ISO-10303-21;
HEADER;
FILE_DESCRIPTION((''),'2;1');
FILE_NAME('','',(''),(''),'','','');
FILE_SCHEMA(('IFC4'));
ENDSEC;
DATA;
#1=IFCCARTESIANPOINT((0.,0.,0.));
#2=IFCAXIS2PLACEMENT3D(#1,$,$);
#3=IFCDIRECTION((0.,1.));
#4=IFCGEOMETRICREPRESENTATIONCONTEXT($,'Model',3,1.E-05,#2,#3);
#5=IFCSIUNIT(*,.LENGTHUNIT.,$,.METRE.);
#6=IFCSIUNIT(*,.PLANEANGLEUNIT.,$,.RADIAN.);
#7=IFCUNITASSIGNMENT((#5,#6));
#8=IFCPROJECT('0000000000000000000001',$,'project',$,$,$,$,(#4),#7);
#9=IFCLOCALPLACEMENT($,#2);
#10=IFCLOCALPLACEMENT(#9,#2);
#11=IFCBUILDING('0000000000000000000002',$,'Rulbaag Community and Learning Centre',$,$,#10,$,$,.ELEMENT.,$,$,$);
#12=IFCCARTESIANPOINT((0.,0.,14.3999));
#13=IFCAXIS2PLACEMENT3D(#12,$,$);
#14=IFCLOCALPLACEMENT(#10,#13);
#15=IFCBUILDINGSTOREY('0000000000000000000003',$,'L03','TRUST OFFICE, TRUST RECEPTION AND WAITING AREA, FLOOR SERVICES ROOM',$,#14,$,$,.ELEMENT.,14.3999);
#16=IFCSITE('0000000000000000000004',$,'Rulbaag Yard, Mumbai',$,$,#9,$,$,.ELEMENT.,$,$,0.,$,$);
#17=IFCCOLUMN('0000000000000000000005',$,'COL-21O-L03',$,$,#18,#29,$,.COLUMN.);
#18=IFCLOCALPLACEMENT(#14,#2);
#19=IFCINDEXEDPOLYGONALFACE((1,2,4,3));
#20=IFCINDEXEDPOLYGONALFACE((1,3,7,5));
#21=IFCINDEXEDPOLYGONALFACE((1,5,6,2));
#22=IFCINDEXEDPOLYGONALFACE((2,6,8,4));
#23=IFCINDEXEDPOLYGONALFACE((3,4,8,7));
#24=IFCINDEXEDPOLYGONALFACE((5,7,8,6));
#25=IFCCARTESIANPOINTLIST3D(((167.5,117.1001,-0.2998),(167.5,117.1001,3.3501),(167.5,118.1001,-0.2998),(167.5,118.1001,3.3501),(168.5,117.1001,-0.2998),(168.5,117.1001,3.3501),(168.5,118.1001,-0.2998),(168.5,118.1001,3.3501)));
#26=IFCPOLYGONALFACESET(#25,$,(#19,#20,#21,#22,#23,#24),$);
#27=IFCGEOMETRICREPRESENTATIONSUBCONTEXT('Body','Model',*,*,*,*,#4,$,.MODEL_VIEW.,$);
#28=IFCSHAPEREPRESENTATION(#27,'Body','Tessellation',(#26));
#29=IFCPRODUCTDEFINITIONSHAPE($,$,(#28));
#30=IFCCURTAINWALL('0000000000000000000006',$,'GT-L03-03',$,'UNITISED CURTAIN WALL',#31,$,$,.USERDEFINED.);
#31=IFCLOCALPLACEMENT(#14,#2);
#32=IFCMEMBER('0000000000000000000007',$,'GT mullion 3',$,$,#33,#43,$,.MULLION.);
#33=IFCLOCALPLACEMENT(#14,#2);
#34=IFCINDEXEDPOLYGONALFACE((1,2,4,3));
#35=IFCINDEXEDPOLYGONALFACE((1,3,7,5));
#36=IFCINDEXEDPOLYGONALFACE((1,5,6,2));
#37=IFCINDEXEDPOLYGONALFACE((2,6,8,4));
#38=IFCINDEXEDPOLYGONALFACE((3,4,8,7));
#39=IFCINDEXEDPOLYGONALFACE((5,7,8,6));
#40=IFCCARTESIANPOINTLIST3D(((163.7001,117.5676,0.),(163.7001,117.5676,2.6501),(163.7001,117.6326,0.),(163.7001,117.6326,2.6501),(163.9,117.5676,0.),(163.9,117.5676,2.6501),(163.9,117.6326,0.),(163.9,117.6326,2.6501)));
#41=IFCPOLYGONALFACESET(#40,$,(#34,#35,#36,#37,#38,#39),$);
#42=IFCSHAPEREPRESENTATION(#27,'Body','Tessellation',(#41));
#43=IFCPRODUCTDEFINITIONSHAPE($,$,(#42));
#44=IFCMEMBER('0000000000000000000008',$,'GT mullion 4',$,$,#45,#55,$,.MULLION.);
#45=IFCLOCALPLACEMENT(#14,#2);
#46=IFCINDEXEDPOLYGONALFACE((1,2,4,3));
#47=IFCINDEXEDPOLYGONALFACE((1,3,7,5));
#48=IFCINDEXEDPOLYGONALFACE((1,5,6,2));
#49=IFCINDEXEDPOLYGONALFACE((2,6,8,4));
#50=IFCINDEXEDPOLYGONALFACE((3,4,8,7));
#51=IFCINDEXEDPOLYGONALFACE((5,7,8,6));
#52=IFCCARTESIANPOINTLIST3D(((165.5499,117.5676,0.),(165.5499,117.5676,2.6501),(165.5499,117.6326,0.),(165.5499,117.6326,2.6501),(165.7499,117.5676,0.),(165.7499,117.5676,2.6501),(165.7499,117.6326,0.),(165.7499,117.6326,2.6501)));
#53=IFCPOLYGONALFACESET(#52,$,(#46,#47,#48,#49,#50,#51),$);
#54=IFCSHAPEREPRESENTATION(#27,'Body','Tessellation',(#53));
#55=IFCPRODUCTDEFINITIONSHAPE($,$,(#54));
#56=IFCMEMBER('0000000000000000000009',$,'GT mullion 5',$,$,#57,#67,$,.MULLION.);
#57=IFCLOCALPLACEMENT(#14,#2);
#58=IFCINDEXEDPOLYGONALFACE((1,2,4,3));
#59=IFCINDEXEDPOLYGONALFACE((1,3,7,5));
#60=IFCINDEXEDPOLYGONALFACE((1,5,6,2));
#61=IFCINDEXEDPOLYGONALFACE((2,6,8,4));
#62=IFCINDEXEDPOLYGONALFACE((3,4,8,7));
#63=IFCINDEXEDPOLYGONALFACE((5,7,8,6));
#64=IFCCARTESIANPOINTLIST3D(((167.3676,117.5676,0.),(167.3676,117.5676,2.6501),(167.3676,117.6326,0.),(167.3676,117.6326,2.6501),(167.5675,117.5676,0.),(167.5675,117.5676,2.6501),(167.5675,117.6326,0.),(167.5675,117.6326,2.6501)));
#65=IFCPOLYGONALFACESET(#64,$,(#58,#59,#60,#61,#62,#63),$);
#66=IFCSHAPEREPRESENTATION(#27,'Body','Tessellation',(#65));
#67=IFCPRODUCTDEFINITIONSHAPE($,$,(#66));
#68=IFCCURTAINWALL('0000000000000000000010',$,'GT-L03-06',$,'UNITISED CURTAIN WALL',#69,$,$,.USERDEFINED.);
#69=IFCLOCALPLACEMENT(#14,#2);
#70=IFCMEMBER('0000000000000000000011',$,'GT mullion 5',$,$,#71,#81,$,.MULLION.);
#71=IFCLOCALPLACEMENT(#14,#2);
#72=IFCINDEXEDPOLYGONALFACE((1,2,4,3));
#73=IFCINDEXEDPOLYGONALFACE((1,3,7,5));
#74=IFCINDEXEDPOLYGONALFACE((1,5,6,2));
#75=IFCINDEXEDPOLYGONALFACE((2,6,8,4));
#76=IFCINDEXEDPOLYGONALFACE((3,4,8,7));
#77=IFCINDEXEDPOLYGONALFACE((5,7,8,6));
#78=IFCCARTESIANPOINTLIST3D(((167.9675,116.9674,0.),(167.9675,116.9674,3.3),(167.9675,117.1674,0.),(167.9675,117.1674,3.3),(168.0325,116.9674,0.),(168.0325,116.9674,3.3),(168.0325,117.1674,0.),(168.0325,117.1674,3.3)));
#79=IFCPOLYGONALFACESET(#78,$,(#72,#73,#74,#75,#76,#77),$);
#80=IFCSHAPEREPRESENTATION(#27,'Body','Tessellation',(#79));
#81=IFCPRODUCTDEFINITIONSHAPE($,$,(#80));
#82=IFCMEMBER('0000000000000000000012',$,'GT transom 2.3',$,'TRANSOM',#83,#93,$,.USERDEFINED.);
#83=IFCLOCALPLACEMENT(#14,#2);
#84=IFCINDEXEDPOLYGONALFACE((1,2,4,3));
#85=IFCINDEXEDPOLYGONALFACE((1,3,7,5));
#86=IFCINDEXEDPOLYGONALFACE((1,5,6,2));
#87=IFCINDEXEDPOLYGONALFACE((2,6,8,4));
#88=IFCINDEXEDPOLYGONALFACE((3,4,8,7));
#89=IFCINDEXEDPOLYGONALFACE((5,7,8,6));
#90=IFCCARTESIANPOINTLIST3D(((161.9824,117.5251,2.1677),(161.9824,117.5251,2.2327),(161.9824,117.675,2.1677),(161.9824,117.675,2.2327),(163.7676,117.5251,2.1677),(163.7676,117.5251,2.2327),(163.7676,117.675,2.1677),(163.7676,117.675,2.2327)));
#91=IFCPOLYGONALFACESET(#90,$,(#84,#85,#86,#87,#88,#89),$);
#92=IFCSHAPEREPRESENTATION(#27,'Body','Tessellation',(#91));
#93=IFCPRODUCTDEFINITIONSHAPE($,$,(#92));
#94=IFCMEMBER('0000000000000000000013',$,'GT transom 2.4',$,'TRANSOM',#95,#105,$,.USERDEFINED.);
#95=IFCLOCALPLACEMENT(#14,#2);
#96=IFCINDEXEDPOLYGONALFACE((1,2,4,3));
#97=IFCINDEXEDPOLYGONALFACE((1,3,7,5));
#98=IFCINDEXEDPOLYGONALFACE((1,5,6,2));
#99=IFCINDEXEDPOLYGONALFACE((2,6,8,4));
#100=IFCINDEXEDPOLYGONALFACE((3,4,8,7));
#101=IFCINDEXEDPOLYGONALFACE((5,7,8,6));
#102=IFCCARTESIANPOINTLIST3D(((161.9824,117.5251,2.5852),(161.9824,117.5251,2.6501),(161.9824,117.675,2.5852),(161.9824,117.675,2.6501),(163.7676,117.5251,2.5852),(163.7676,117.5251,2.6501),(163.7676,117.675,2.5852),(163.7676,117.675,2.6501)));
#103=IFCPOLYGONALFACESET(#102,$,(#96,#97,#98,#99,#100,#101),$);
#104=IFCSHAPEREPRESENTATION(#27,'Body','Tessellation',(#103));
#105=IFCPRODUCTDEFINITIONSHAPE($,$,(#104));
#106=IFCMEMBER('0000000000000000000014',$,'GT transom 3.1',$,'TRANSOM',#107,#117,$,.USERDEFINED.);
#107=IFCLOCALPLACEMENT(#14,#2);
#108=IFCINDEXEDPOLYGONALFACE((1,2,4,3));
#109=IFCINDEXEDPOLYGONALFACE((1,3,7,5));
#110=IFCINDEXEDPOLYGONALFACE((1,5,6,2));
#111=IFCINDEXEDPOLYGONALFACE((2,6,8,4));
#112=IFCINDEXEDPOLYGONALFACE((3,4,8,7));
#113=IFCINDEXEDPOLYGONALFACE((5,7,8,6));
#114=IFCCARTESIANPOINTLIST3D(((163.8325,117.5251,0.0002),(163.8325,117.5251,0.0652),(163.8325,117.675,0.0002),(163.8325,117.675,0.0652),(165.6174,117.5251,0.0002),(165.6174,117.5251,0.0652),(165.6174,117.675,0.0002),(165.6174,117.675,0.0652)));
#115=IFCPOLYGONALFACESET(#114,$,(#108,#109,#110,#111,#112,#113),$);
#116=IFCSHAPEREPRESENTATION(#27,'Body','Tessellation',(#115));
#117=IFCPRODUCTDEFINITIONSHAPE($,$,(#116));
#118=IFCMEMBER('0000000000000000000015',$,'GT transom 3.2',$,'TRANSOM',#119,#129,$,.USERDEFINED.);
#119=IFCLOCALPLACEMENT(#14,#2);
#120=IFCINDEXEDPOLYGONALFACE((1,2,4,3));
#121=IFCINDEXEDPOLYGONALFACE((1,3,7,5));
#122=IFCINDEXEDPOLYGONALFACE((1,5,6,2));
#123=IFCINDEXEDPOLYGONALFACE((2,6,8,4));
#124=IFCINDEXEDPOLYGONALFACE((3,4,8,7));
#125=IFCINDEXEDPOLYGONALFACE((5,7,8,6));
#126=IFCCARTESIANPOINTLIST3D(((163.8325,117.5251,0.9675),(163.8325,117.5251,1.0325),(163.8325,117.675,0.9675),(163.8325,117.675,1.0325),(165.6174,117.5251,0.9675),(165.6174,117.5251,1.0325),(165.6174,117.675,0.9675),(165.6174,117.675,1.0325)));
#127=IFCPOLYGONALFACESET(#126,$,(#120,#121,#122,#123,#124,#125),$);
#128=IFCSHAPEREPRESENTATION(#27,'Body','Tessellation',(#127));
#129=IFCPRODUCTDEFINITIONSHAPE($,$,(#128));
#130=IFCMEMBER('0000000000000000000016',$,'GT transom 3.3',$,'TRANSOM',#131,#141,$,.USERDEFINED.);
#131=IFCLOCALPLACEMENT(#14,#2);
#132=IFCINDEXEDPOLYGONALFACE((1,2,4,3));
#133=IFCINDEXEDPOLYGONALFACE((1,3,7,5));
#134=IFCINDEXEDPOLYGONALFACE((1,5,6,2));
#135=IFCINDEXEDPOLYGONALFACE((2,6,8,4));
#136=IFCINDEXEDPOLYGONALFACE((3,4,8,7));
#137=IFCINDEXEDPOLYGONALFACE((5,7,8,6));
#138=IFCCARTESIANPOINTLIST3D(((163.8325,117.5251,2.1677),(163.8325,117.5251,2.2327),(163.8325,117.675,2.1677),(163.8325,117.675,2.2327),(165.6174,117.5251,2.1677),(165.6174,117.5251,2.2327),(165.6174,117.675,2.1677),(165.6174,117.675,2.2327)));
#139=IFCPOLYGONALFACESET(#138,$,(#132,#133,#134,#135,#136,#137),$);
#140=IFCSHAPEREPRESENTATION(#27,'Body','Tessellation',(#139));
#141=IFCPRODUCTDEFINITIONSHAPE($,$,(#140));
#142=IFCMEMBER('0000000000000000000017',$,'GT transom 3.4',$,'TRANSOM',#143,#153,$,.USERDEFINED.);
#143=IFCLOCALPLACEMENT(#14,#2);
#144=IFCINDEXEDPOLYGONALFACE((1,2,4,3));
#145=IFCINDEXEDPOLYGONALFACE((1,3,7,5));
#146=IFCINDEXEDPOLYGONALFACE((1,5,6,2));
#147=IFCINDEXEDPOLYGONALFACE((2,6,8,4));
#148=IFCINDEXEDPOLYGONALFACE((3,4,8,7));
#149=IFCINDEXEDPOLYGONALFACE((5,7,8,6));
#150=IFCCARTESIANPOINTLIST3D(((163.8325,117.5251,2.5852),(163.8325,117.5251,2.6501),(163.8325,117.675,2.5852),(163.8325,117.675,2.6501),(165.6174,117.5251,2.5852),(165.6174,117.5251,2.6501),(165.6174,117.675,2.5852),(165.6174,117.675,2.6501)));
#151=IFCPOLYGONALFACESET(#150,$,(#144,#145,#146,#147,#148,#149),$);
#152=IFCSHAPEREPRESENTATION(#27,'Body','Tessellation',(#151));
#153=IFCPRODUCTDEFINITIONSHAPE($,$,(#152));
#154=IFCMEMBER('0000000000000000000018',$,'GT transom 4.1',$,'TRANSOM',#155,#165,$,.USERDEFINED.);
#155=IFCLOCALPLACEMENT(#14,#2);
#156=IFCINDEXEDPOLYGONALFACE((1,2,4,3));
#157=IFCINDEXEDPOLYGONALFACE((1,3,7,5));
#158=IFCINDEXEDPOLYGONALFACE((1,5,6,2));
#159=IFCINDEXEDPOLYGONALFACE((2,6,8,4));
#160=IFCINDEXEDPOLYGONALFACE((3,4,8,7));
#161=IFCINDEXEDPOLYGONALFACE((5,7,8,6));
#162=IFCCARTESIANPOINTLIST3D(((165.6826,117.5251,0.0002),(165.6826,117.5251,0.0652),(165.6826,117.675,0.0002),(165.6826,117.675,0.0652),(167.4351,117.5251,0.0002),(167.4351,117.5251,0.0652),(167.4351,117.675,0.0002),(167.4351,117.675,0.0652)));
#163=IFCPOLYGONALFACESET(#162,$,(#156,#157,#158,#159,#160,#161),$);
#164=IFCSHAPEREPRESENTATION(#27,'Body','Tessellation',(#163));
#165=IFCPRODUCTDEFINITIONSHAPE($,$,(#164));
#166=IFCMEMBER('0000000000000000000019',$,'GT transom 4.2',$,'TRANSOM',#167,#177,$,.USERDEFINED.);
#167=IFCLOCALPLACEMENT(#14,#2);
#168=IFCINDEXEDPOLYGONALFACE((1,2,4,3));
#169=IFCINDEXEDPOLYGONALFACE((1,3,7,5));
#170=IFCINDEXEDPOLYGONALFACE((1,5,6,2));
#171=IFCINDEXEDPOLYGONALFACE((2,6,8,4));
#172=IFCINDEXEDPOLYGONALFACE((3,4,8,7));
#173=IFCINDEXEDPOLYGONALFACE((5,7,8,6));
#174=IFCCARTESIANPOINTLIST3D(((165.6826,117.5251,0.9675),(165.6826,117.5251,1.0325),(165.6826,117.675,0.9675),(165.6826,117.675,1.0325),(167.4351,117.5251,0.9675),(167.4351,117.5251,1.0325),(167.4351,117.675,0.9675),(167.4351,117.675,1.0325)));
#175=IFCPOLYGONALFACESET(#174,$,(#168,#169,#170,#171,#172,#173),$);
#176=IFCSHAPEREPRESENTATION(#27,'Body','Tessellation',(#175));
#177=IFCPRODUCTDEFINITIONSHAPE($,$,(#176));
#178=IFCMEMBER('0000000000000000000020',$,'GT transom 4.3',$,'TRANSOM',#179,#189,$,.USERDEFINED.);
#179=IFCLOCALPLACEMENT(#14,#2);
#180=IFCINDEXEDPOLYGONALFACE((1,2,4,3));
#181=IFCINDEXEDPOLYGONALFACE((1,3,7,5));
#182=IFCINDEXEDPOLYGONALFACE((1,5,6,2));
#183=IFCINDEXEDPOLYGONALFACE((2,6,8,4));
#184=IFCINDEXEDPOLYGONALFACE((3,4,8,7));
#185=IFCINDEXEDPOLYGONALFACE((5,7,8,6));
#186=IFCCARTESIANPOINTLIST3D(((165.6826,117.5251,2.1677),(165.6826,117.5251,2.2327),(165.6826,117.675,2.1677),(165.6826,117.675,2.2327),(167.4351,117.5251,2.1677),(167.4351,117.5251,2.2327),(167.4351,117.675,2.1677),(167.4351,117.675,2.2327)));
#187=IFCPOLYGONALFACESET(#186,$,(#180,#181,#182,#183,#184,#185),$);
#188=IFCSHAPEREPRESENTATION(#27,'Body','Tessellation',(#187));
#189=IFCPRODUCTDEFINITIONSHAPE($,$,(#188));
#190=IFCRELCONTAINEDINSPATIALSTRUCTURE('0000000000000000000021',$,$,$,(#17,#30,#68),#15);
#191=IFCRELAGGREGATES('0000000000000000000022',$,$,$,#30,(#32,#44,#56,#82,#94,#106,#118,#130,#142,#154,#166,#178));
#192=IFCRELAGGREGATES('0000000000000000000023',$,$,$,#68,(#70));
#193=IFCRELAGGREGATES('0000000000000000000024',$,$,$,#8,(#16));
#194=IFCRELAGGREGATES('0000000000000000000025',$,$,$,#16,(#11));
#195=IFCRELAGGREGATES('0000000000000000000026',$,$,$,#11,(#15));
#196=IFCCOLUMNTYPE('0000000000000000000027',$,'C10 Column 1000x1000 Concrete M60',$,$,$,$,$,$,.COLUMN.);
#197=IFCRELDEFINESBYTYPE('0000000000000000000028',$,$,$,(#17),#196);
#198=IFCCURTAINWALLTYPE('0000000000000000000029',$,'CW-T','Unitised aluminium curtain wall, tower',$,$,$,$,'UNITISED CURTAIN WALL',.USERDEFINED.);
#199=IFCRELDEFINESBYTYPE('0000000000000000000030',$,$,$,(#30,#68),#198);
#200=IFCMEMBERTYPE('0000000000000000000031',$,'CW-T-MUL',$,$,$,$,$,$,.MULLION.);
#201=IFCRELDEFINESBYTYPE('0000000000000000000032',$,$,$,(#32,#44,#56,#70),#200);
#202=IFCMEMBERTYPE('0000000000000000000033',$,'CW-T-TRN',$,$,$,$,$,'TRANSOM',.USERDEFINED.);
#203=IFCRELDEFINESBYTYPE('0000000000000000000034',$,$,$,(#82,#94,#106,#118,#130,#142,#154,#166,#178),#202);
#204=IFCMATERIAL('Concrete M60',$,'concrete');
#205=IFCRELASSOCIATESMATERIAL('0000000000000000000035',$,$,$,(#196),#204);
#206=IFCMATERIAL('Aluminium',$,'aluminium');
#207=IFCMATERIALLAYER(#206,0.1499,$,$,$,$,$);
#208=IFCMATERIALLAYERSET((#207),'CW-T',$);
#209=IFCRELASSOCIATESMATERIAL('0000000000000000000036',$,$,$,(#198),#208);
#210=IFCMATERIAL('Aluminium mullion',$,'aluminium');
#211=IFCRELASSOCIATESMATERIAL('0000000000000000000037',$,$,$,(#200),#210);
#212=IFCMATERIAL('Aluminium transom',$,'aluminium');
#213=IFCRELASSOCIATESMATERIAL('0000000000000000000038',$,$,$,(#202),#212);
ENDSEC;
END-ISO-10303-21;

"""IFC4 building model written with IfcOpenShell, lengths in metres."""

from ifc_helpers import new_model, si_unit, direction, frame, origin, origin_2d, place, context, subcontext, project, spatial, rectangle, extrude, material, layer, layer_set, material_profile, profile_set, type_object, element, aggregate, save


model = new_model("IFC4")

# Units and contexts
model_context = context("Model", 3, precision=1e-05, world=origin(), true_north=direction((0.0, 1.0)))
body_context = subcontext(model_context, "Body", "Model", "MODEL_VIEW")
ifc_project = project(units=[si_unit("LENGTHUNIT", "METRE"), si_unit("PLANEANGLEUNIT", "RADIAN")], contexts=[model_context])

# Site, building, storey
site_placement = place(None, origin())
site = spatial("IfcSite", under=ifc_project, at=site_placement, Name="Rulbaag Yard, Mumbai", CompositionType="ELEMENT", RefElevation=0.0)
building_placement = place(site_placement, origin())
building = spatial("IfcBuilding", under=site, at=building_placement, Name="Rulbaag Community and Learning Centre", CompositionType="ELEMENT")
storey_placement = place(building_placement, frame((0.0, 0.0, 14.3999)))
storey = spatial("IfcBuildingStorey", under=building, at=storey_placement, Name="L03", Description="TRUST OFFICE, TRUST RECEPTION AND WAITING AREA, FLOOR SERVICES ROOM", CompositionType="ELEMENT", Elevation=14.3999)

# Column
ifc_material_1 = material(Name="Concrete M60", Category="concrete")
ifc_material_profile_1 = material_profile(ifc_material_1, rectangle(XDim=1.0, YDim=1.0, at=origin_2d()), Name="RC1000x1000")
ifc_profile_set_1 = profile_set([ifc_material_profile_1], Name="Concrete M60")
column_type = type_object("IfcColumnType", Name="C10 Column 1000x1000 Concrete M60", PredefinedType="COLUMN", material=ifc_profile_set_1)
column_placement = place(storey_placement, frame((168.0, 117.6001, -0.2998), z_axis=(0.0, 0.0, 1.0), x_axis=(1.0, 0.0, 0.0)))
element("IfcColumn", 1, at=column_placement, inside=storey, type_object=column_type, Name="COL-21O-L03", PredefinedType="COLUMN", context=body_context, shape_type="SweptSolid", body=[
    extrude(rectangle(XDim=1.0, YDim=1.0, at=origin_2d()), origin(), (0.0, 0.0, 1.0), 3.6499),
])

# Curtain wall, members
ifc_material_2 = material(Name="Aluminium", Category="aluminium")
ifc_layer_1 = layer(ifc_material_2, 0.1499)
ifc_layer_set_1 = layer_set([ifc_layer_1], Name="CW-T")
curtain_wall_type = type_object("IfcCurtainWallType", Name="CW-T", Description="Unitised aluminium curtain wall, tower", ElementType="UNITISED CURTAIN WALL", PredefinedType="USERDEFINED", material=ifc_layer_set_1)
curtain_wall_1_placement = place(storey_placement, origin())
curtain_wall_1 = element("IfcCurtainWall", 2, at=curtain_wall_1_placement, inside=storey, type_object=curtain_wall_type, Name="GT-L03-03", ObjectType="UNITISED CURTAIN WALL", PredefinedType="USERDEFINED")
ifc_material_3 = material(Name="Aluminium mullion", Category="aluminium")
ifc_material_profile_2 = material_profile(ifc_material_3, rectangle(XDim=0.0649, YDim=0.2, at=origin_2d()), Name="AL 65x200")
ifc_profile_set_2 = profile_set([ifc_material_profile_2], Name="Aluminium mullion")
member_type_1 = type_object("IfcMemberType", Name="CW-T-MUL", PredefinedType="MULLION", material=ifc_profile_set_2)
member_1_placement = place(storey_placement, frame((163.8, 117.6001, 0.0), z_axis=(0.0, 0.0, 1.0), x_axis=(0.0, 1.0, 0.0)))
member_1 = element("IfcMember", 3, at=member_1_placement, type_object=member_type_1, Name="GT mullion 3", PredefinedType="MULLION", context=body_context, shape_type="SweptSolid", body=[
    extrude(rectangle(XDim=0.0649, YDim=0.2, at=origin_2d()), origin(), (0.0, 0.0, 1.0), 2.6501),
])
member_2_placement = place(storey_placement, frame((165.6499, 117.6001, 0.0), z_axis=(0.0, 0.0, 1.0), x_axis=(0.0, 1.0, 0.0)))
member_2 = element("IfcMember", 4, at=member_2_placement, type_object=member_type_1, Name="GT mullion 4", PredefinedType="MULLION", context=body_context, shape_type="SweptSolid", body=[
    extrude(rectangle(XDim=0.0649, YDim=0.2, at=origin_2d()), origin(), (0.0, 0.0, 1.0), 2.6501),
])
member_3_placement = place(storey_placement, frame((167.4675, 117.6001, 0.0), z_axis=(0.0, 0.0, 1.0), x_axis=(0.0, 1.0, 0.0)))
member_3 = element("IfcMember", 5, at=member_3_placement, type_object=member_type_1, Name="GT mullion 5", PredefinedType="MULLION", context=body_context, shape_type="SweptSolid", body=[
    extrude(rectangle(XDim=0.0649, YDim=0.2, at=origin_2d()), origin(), (0.0, 0.0, 1.0), 2.6501),
])

# Curtain wall, member
curtain_wall_2_placement = place(storey_placement, origin())
curtain_wall_2 = element("IfcCurtainWall", 6, at=curtain_wall_2_placement, inside=storey, type_object=curtain_wall_type, Name="GT-L03-06", ObjectType="UNITISED CURTAIN WALL", PredefinedType="USERDEFINED")
member_4_placement = place(storey_placement, frame((168.0, 117.0674, 0.0), z_axis=(0.0, 0.0, 1.0), x_axis=(-1.0, 0.0, 0.0)))
member_4 = element("IfcMember", 7, at=member_4_placement, type_object=member_type_1, Name="GT mullion 5", PredefinedType="MULLION", context=body_context, shape_type="SweptSolid", body=[
    extrude(rectangle(XDim=0.0649, YDim=0.2, at=origin_2d()), origin(), (0.0, 0.0, 1.0), 3.3),
])

# Members
ifc_material_4 = material(Name="Aluminium transom", Category="aluminium")
ifc_material_profile_3 = material_profile(ifc_material_4, rectangle(XDim=0.1499, YDim=0.0649, at=origin_2d()), Name="AL 65x150 T")
ifc_profile_set_3 = profile_set([ifc_material_profile_3], Name="Aluminium transom")
member_type_2 = type_object("IfcMemberType", Name="CW-T-TRN", ElementType="TRANSOM", PredefinedType="USERDEFINED", material=ifc_profile_set_3)
member_5_placement = place(storey_placement, frame((161.9824, 117.6001, 2.2002), z_axis=(1.0, 0.0, 0.0), x_axis=(0.0, 1.0, 0.0)))
member_5 = element("IfcMember", 8, at=member_5_placement, type_object=member_type_2, Name="GT transom 2.3", ObjectType="TRANSOM", PredefinedType="USERDEFINED", context=body_context, shape_type="SweptSolid", body=[
    extrude(rectangle(XDim=0.1499, YDim=0.0649, at=origin_2d()), origin(), (0.0, 0.0, 1.0), 1.7852),
])
member_6_placement = place(storey_placement, frame((161.9824, 117.6001, 2.6177), z_axis=(1.0, 0.0, 0.0), x_axis=(0.0, 1.0, 0.0)))
member_6 = element("IfcMember", 9, at=member_6_placement, type_object=member_type_2, Name="GT transom 2.4", ObjectType="TRANSOM", PredefinedType="USERDEFINED", context=body_context, shape_type="SweptSolid", body=[
    extrude(rectangle(XDim=0.1499, YDim=0.0649, at=origin_2d()), origin(), (0.0, 0.0, 1.0), 1.7852),
])
member_7_placement = place(storey_placement, frame((163.8325, 117.6001, 0.0327), z_axis=(1.0, 0.0, 0.0), x_axis=(0.0, 1.0, 0.0)))
member_7 = element("IfcMember", 10, at=member_7_placement, type_object=member_type_2, Name="GT transom 3.1", ObjectType="TRANSOM", PredefinedType="USERDEFINED", context=body_context, shape_type="SweptSolid", body=[
    extrude(rectangle(XDim=0.1499, YDim=0.0649, at=origin_2d()), origin(), (0.0, 0.0, 1.0), 1.7849),
])
member_8_placement = place(storey_placement, frame((163.8325, 117.6001, 1.0), z_axis=(1.0, 0.0, 0.0), x_axis=(0.0, 1.0, 0.0)))
member_8 = element("IfcMember", 11, at=member_8_placement, type_object=member_type_2, Name="GT transom 3.2", ObjectType="TRANSOM", PredefinedType="USERDEFINED", context=body_context, shape_type="SweptSolid", body=[
    extrude(rectangle(XDim=0.1499, YDim=0.0649, at=origin_2d()), origin(), (0.0, 0.0, 1.0), 1.7849),
])
member_9_placement = place(storey_placement, frame((163.8325, 117.6001, 2.2002), z_axis=(1.0, 0.0, 0.0), x_axis=(0.0, 1.0, 0.0)))
member_9 = element("IfcMember", 12, at=member_9_placement, type_object=member_type_2, Name="GT transom 3.3", ObjectType="TRANSOM", PredefinedType="USERDEFINED", context=body_context, shape_type="SweptSolid", body=[
    extrude(rectangle(XDim=0.1499, YDim=0.0649, at=origin_2d()), origin(), (0.0, 0.0, 1.0), 1.7849),
])
member_10_placement = place(storey_placement, frame((163.8325, 117.6001, 2.6177), z_axis=(1.0, 0.0, 0.0), x_axis=(0.0, 1.0, 0.0)))
member_10 = element("IfcMember", 13, at=member_10_placement, type_object=member_type_2, Name="GT transom 3.4", ObjectType="TRANSOM", PredefinedType="USERDEFINED", context=body_context, shape_type="SweptSolid", body=[
    extrude(rectangle(XDim=0.1499, YDim=0.0649, at=origin_2d()), origin(), (0.0, 0.0, 1.0), 1.7849),
])
member_11_placement = place(storey_placement, frame((165.6826, 117.6001, 0.0327), z_axis=(1.0, 0.0, 0.0), x_axis=(0.0, 1.0, 0.0)))
member_11 = element("IfcMember", 14, at=member_11_placement, type_object=member_type_2, Name="GT transom 4.1", ObjectType="TRANSOM", PredefinedType="USERDEFINED", context=body_context, shape_type="SweptSolid", body=[
    extrude(rectangle(XDim=0.1499, YDim=0.0649, at=origin_2d()), origin(), (0.0, 0.0, 1.0), 1.7524),
])
member_12_placement = place(storey_placement, frame((165.6826, 117.6001, 1.0), z_axis=(1.0, 0.0, 0.0), x_axis=(0.0, 1.0, 0.0)))
member_12 = element("IfcMember", 15, at=member_12_placement, type_object=member_type_2, Name="GT transom 4.2", ObjectType="TRANSOM", PredefinedType="USERDEFINED", context=body_context, shape_type="SweptSolid", body=[
    extrude(rectangle(XDim=0.1499, YDim=0.0649, at=origin_2d()), origin(), (0.0, 0.0, 1.0), 1.7524),
])
member_13_placement = place(storey_placement, frame((165.6826, 117.6001, 2.2002), z_axis=(1.0, 0.0, 0.0), x_axis=(0.0, 1.0, 0.0)))
member_13 = element("IfcMember", 16, at=member_13_placement, type_object=member_type_2, Name="GT transom 4.3", ObjectType="TRANSOM", PredefinedType="USERDEFINED", context=body_context, shape_type="SweptSolid", body=[
    extrude(rectangle(XDim=0.1499, YDim=0.0649, at=origin_2d()), origin(), (0.0, 0.0, 1.0), 1.7524),
])

aggregate(curtain_wall_1, [member_1, member_2, member_3, member_5, member_6, member_7, member_8, member_9, member_10, member_11, member_12, member_13])
aggregate(curtain_wall_2, [member_4])

save(model, "model.ifc")
